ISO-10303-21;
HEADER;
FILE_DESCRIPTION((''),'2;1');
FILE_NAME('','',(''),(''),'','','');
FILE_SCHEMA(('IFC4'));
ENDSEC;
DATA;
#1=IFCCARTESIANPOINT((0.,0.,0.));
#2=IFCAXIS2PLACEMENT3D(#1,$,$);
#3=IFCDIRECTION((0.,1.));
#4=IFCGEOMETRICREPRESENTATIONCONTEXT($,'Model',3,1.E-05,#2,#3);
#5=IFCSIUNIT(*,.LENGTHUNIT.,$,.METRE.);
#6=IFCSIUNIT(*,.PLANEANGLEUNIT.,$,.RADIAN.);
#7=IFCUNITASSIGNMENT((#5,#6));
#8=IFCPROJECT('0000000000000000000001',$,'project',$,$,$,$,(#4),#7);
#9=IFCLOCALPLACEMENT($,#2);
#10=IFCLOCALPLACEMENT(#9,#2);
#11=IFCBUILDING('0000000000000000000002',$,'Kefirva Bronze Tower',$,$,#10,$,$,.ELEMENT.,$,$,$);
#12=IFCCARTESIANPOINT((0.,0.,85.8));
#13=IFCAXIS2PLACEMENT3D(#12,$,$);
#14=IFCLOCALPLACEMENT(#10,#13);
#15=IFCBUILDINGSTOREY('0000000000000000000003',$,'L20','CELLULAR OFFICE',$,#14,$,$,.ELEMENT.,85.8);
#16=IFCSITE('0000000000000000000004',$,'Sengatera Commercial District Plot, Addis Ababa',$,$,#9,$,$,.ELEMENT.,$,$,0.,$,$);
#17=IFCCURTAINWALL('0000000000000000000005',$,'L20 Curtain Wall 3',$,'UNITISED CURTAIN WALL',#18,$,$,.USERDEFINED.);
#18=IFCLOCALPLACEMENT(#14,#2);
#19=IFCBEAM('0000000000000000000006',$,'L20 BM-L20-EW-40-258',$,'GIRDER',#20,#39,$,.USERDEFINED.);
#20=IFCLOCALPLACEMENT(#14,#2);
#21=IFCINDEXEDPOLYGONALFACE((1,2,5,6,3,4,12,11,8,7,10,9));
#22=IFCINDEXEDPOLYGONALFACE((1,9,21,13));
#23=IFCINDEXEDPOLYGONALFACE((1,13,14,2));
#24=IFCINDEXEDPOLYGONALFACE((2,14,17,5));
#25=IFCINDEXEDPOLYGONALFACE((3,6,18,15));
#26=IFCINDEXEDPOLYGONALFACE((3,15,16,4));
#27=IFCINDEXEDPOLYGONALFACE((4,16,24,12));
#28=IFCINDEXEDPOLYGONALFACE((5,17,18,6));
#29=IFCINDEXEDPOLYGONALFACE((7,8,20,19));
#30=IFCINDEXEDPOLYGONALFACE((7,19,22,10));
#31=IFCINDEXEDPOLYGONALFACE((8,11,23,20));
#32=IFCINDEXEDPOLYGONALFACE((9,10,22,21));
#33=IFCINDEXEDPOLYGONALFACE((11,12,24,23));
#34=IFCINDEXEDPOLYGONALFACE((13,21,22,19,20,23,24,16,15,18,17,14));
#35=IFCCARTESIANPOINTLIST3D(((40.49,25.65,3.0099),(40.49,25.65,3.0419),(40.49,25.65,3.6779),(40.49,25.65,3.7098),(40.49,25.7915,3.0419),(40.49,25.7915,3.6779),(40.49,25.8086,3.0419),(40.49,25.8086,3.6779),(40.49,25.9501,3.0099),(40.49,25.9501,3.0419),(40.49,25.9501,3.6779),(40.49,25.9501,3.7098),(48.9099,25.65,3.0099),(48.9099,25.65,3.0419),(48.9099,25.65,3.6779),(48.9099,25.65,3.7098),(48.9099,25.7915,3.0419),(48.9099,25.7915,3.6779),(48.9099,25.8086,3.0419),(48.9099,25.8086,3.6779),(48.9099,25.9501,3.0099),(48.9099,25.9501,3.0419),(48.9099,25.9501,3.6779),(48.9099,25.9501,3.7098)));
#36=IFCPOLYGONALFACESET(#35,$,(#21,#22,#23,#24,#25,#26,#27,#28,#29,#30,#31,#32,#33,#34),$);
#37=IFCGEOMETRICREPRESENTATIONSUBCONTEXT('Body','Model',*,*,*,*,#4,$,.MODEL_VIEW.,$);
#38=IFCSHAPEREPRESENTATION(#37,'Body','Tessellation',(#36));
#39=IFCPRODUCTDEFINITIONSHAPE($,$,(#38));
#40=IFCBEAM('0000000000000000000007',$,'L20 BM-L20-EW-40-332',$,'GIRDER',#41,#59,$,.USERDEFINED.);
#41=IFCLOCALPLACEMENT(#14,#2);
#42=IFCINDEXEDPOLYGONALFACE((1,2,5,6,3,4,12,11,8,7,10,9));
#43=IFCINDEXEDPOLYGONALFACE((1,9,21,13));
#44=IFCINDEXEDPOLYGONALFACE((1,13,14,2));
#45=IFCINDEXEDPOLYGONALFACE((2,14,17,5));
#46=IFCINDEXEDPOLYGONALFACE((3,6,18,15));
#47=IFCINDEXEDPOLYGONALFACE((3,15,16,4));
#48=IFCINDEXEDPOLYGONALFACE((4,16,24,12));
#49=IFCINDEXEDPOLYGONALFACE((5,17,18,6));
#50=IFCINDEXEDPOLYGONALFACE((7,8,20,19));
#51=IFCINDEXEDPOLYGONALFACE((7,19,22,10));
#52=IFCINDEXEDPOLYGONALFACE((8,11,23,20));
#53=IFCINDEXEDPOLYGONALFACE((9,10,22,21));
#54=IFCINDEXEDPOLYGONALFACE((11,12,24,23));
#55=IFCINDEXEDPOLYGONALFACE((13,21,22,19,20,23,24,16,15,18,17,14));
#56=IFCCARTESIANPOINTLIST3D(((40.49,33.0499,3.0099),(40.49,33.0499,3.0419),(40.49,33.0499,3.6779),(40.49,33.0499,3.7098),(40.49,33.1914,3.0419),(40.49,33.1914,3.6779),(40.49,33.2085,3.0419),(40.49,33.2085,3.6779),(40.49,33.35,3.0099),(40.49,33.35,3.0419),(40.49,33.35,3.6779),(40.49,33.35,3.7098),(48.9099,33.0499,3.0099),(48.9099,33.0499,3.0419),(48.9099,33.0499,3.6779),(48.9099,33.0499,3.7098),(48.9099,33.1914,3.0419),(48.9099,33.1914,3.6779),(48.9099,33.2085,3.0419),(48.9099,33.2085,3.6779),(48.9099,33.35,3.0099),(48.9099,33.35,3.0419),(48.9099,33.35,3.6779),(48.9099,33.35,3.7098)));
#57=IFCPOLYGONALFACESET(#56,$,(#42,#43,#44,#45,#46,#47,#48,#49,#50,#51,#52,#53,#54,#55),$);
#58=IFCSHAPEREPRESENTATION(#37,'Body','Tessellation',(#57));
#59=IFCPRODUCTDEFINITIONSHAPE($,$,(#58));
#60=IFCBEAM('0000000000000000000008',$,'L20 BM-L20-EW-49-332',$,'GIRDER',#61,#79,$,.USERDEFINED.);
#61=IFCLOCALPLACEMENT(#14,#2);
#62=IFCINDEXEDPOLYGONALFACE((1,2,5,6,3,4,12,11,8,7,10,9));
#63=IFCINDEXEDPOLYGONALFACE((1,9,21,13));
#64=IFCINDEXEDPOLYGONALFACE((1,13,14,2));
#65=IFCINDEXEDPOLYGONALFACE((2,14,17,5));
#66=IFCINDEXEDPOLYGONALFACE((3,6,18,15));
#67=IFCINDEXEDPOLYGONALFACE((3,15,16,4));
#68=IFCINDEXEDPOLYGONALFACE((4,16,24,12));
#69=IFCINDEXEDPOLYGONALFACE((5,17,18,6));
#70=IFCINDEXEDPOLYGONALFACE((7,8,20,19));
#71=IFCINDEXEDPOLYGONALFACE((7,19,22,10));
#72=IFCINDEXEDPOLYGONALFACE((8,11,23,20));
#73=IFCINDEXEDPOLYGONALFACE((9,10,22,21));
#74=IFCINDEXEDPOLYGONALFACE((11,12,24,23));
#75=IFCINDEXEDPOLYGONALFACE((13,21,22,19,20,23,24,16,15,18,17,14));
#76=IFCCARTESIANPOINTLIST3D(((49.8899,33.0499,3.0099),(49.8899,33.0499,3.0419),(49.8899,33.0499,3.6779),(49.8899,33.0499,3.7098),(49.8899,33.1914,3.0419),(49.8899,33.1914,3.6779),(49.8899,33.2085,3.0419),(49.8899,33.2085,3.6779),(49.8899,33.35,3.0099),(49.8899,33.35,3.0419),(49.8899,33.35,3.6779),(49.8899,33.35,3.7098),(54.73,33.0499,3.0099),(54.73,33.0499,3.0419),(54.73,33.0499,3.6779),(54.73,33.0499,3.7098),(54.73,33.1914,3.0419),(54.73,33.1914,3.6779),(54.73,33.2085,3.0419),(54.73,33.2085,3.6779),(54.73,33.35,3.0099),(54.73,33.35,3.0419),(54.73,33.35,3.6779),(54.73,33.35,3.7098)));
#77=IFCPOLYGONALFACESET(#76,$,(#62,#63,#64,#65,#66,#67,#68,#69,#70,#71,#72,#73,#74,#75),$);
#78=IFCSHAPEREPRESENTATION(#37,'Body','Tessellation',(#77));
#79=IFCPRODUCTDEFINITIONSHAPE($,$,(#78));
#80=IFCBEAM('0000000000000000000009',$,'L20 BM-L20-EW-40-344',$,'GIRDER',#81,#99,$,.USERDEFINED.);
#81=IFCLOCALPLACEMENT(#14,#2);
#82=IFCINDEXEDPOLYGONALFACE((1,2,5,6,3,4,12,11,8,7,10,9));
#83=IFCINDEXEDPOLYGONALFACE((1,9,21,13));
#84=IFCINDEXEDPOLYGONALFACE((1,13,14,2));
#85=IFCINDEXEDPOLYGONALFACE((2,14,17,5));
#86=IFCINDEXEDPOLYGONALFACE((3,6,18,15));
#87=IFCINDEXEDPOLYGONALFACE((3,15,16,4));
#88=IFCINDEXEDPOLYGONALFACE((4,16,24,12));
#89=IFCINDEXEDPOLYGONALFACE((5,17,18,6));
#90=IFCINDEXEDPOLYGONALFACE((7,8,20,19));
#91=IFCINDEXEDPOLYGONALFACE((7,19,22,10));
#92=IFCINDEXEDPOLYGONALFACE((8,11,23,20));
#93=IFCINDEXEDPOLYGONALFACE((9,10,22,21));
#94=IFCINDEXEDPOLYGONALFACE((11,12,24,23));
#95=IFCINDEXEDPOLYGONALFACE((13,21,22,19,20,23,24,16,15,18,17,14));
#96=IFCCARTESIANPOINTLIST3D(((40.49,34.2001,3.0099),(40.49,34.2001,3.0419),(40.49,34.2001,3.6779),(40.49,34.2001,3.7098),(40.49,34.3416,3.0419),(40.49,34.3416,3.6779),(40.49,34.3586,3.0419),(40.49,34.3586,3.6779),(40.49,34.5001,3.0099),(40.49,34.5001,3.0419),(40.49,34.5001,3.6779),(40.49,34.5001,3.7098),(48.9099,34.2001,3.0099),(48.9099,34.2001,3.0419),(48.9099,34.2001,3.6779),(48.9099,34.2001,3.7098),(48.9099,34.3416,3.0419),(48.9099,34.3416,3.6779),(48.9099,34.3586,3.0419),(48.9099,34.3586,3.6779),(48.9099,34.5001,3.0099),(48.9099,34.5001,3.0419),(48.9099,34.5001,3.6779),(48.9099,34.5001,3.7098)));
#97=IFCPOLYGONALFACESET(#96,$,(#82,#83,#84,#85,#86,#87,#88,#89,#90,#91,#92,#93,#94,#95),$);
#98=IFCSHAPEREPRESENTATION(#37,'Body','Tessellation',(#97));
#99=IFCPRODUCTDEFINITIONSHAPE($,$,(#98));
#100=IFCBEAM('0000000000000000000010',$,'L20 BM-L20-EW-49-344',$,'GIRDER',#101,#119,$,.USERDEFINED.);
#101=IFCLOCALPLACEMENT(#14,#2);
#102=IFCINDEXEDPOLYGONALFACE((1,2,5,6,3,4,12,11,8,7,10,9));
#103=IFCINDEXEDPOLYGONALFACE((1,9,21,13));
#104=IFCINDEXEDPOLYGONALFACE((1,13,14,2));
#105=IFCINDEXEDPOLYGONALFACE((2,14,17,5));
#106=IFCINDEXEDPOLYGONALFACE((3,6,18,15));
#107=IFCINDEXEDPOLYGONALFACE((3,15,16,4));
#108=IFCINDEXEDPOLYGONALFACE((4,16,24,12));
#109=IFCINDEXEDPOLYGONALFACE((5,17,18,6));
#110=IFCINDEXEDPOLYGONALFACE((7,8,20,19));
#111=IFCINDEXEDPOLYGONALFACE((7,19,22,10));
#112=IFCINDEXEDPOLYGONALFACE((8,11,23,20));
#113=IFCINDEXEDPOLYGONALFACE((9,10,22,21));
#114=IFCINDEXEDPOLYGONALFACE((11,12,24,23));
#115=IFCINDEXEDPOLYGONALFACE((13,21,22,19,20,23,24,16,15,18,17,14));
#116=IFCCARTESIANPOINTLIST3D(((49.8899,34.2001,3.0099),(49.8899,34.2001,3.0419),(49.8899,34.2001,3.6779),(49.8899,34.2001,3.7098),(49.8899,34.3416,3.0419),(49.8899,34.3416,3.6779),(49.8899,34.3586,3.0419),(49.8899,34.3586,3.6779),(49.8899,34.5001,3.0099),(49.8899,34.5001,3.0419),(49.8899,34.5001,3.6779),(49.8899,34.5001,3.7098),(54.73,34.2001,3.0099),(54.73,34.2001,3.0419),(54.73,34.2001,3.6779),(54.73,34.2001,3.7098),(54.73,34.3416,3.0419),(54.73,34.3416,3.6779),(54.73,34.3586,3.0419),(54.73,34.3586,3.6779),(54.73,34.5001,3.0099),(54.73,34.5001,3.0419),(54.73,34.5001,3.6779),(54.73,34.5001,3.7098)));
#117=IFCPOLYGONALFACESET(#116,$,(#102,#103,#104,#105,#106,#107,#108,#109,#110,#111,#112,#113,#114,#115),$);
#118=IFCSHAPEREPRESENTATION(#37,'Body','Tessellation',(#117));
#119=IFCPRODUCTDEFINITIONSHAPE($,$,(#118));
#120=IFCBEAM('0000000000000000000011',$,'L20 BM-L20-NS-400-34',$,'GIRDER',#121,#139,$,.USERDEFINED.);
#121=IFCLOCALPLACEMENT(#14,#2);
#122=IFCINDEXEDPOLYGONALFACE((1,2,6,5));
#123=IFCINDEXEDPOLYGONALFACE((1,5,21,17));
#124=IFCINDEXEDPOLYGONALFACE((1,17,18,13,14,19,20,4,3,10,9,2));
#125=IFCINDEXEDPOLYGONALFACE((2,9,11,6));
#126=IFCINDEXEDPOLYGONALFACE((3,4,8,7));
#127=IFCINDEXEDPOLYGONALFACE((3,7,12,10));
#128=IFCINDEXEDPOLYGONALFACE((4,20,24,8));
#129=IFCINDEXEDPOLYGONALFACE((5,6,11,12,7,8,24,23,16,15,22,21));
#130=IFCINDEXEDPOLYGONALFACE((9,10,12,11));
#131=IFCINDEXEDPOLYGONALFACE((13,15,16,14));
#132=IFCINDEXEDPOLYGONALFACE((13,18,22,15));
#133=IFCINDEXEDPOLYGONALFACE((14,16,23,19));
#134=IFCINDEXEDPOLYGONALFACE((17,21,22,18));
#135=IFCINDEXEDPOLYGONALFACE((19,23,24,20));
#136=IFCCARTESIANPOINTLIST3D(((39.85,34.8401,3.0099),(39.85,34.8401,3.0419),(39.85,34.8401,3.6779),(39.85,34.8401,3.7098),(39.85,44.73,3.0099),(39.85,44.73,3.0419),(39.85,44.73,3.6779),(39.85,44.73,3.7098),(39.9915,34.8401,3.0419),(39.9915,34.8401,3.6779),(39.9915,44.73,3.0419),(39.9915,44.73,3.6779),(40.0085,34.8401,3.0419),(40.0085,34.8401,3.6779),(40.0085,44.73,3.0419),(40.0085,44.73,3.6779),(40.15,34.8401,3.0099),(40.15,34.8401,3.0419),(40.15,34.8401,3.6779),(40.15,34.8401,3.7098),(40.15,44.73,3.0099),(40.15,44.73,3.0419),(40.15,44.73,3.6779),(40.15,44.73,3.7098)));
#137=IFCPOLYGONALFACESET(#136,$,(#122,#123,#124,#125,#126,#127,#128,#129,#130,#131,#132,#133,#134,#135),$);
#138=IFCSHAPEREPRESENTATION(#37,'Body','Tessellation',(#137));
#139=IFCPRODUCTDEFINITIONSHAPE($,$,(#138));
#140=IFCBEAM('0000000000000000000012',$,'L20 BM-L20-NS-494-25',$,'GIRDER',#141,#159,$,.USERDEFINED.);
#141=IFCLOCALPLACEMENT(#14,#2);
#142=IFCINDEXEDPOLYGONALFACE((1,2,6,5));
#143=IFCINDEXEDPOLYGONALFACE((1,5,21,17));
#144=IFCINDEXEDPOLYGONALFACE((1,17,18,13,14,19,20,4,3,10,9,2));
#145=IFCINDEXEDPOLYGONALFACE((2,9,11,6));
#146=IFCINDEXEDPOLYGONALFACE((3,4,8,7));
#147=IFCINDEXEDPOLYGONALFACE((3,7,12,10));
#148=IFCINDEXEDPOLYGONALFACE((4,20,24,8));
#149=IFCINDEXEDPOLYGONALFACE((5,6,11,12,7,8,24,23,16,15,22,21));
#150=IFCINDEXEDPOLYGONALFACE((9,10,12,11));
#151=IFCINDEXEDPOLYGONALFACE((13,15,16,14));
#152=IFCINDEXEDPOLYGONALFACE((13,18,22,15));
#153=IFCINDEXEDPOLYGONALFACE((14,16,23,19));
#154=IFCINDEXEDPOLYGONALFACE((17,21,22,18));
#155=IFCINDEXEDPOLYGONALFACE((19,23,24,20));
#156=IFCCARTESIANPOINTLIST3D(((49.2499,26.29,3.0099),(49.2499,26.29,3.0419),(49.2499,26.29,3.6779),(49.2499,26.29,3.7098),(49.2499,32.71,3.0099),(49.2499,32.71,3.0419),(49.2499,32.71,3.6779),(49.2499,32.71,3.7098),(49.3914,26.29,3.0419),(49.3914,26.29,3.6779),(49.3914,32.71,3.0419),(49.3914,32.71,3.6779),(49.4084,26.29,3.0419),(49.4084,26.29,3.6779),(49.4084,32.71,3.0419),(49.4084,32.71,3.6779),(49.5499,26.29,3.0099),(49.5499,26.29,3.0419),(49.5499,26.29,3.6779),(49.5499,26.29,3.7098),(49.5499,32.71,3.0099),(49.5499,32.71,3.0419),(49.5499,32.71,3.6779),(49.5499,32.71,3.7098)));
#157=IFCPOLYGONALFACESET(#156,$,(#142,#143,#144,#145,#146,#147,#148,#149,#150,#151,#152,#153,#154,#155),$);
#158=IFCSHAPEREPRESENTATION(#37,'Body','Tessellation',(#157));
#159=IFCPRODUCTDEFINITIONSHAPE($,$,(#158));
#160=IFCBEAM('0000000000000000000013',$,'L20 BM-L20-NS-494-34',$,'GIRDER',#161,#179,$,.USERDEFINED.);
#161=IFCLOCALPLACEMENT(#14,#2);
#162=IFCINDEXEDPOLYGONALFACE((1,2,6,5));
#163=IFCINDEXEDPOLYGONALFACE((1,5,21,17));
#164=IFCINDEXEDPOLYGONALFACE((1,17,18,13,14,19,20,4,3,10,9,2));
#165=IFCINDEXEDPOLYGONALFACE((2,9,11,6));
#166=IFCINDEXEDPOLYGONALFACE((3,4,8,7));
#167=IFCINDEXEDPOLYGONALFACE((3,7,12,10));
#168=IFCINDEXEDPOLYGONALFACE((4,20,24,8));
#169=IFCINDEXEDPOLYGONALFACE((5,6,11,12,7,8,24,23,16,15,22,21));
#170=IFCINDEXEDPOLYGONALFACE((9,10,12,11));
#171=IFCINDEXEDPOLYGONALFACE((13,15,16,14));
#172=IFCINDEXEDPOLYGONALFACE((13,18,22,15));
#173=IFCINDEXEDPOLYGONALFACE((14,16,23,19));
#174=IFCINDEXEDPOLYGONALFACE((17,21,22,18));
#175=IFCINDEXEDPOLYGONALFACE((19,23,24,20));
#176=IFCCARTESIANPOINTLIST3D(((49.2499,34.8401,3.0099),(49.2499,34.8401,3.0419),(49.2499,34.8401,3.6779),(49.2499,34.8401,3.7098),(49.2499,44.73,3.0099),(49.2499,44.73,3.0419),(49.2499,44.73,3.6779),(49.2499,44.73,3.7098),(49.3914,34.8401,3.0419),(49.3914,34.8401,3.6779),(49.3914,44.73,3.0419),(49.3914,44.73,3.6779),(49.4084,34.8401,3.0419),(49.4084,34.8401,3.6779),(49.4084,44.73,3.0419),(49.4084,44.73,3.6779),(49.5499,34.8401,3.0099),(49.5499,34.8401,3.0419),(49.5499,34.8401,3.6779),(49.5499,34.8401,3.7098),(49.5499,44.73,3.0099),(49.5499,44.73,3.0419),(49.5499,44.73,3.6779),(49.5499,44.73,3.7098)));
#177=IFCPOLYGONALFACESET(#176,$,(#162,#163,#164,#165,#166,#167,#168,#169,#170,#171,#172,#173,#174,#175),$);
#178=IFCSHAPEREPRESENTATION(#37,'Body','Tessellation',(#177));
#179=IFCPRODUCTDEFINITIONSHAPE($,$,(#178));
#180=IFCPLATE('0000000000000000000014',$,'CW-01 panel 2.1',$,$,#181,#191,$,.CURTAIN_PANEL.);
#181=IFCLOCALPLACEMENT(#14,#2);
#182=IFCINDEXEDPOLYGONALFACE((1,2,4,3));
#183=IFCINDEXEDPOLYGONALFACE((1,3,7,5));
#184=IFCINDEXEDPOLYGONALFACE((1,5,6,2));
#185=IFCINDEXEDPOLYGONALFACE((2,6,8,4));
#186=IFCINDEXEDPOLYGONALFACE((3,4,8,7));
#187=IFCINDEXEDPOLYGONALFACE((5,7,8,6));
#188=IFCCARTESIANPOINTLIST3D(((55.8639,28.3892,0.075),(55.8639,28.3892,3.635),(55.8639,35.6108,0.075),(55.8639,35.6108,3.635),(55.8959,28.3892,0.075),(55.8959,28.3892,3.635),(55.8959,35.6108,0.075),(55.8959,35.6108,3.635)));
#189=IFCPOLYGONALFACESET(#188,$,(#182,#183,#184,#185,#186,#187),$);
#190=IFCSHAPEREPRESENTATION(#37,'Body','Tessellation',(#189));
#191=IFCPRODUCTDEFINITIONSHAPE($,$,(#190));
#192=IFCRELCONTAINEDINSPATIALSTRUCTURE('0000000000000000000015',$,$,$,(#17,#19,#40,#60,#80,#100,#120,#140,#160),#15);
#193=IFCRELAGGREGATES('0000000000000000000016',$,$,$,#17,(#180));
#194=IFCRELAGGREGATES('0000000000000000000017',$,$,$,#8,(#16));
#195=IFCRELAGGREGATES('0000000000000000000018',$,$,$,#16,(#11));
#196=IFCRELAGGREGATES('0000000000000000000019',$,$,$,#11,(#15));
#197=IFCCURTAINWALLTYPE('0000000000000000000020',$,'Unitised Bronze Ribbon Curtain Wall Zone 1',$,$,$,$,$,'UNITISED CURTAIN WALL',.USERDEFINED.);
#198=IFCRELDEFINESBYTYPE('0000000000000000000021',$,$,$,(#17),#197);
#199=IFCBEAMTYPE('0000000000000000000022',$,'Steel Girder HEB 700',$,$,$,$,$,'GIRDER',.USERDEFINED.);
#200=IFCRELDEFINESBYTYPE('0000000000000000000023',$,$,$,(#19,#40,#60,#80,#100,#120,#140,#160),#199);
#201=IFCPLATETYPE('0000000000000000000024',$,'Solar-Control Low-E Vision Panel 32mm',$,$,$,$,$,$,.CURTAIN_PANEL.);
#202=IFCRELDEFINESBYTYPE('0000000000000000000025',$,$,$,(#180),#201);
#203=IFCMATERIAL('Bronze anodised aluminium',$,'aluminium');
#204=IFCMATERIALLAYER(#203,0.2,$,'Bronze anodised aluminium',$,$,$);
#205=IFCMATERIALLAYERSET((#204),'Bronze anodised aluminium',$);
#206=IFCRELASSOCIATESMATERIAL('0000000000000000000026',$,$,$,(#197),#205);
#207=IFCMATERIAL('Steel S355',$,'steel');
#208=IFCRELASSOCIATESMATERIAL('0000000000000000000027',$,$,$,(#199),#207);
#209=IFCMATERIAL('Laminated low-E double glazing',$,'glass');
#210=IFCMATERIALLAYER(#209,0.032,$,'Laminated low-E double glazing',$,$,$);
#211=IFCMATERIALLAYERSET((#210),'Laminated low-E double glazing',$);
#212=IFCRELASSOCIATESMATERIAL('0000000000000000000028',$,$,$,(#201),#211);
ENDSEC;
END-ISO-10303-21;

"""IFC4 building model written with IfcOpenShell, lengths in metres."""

from ifc_helpers import new_model, si_unit, direction, frame, origin, origin_2d, place, context, subcontext, project, spatial, rectangle, i_section, extrude, material, layer, layer_set, material_profile, profile_set, type_object, element, aggregate, save


model = new_model("IFC4")

# Units and contexts
model_context = context("Model", 3, precision=1e-05, world=origin(), true_north=direction((0.0, 1.0)))
body_context = subcontext(model_context, "Body", "Model", "MODEL_VIEW")
ifc_project = project(units=[si_unit("LENGTHUNIT", "METRE"), si_unit("PLANEANGLEUNIT", "RADIAN")], contexts=[model_context])

# Site, building, storey
site_placement = place(None, origin())
site = spatial("IfcSite", under=ifc_project, at=site_placement, Name="Sengatera Commercial District Plot, Addis Ababa", CompositionType="ELEMENT", RefElevation=0.0)
building_placement = place(site_placement, origin())
building = spatial("IfcBuilding", under=site, at=building_placement, Name="Kefirva Bronze Tower", CompositionType="ELEMENT")
storey_placement = place(building_placement, frame((0.0, 0.0, 85.8)))
storey = spatial("IfcBuildingStorey", under=building, at=storey_placement, Name="L20", Description="CELLULAR OFFICE", CompositionType="ELEMENT", Elevation=85.8)

# Curtain wall
ifc_material_1 = material(Name="Bronze anodised aluminium", Category="aluminium")
ifc_layer_1 = layer(ifc_material_1, 0.2, Name="Bronze anodised aluminium")
ifc_layer_set_1 = layer_set([ifc_layer_1], Name="Bronze anodised aluminium")
curtain_wall_type = type_object("IfcCurtainWallType", Name="Unitised Bronze Ribbon Curtain Wall Zone 1", ElementType="UNITISED CURTAIN WALL", PredefinedType="USERDEFINED", material=ifc_layer_set_1)
curtain_wall_placement = place(storey_placement, origin())
curtain_wall = element("IfcCurtainWall", 1, at=curtain_wall_placement, inside=storey, type_object=curtain_wall_type, Name="L20 Curtain Wall 3", ObjectType="UNITISED CURTAIN WALL", PredefinedType="USERDEFINED")

# Beams
ifc_material_2 = material(Name="Steel S355", Category="steel")
ifc_material_profile_1 = material_profile(ifc_material_2, i_section(OverallWidth=0.3, OverallDepth=0.7, WebThickness=0.0171, FlangeThickness=0.032, at=origin_2d()), Name="HEB 700")
ifc_profile_set_1 = profile_set([ifc_material_profile_1], Name="Steel S355")
beam_type_1 = type_object("IfcBeamType", Name="Steel Girder HEB 700", ElementType="GIRDER", PredefinedType="USERDEFINED", material=ifc_profile_set_1)
for number, where, z_axis, x_axis, name in (
    (2, (40.49, 25.8, 3.3599), (1.0, 0.0, 0.0), (0.0, 1.0, 0.0), "L20 BM-L20-EW-40-258"),
    (3, (40.49, 33.2, 3.3599), (1.0, 0.0, 0.0), (0.0, 1.0, 0.0), "L20 BM-L20-EW-40-332"),
):
    element("IfcBeam", number, at=place(storey_placement, frame(where, z_axis=z_axis, x_axis=x_axis)), inside=storey, type_object=beam_type_1, Name=name, ObjectType="GIRDER", PredefinedType="USERDEFINED", context=body_context, shape_type="SweptSolid", body=[
        extrude(i_section(OverallWidth=0.3, OverallDepth=0.7, WebThickness=0.0171, FlangeThickness=0.032, at=origin_2d()), origin(), (0.0, 0.0, 1.0), 8.4199),
    ])
beam_1_placement = place(storey_placement, frame((49.8899, 33.2, 3.3599), z_axis=(1.0, 0.0, 0.0), x_axis=(0.0, 1.0, 0.0)))
element("IfcBeam", 4, at=beam_1_placement, inside=storey, type_object=beam_type_1, Name="L20 BM-L20-EW-49-332", ObjectType="GIRDER", PredefinedType="USERDEFINED", context=body_context, shape_type="SweptSolid", body=[
    extrude(i_section(OverallWidth=0.3, OverallDepth=0.7, WebThickness=0.0171, FlangeThickness=0.032, at=origin_2d()), origin(), (0.0, 0.0, 1.0), 4.8401),
])
beam_2_placement = place(storey_placement, frame((40.49, 34.3501, 3.3599), z_axis=(1.0, 0.0, 0.0), x_axis=(0.0, 1.0, 0.0)))
element("IfcBeam", 5, at=beam_2_placement, inside=storey, type_object=beam_type_1, Name="L20 BM-L20-EW-40-344", ObjectType="GIRDER", PredefinedType="USERDEFINED", context=body_context, shape_type="SweptSolid", body=[
    extrude(i_section(OverallWidth=0.3, OverallDepth=0.7, WebThickness=0.0171, FlangeThickness=0.032, at=origin_2d()), origin(), (0.0, 0.0, 1.0), 8.4199),
])
beam_3_placement = place(storey_placement, frame((49.8899, 34.3501, 3.3599), z_axis=(1.0, 0.0, 0.0), x_axis=(0.0, 1.0, 0.0)))
element("IfcBeam", 6, at=beam_3_placement, inside=storey, type_object=beam_type_1, Name="L20 BM-L20-EW-49-344", ObjectType="GIRDER", PredefinedType="USERDEFINED", context=body_context, shape_type="SweptSolid", body=[
    extrude(i_section(OverallWidth=0.3, OverallDepth=0.7, WebThickness=0.0171, FlangeThickness=0.032, at=origin_2d()), origin(), (0.0, 0.0, 1.0), 4.8401),
])
beam_4_placement = place(storey_placement, frame((40.0, 34.8401, 3.3599), z_axis=(0.0, 1.0, 0.0), x_axis=(-1.0, 0.0, 0.0)))
element("IfcBeam", 7, at=beam_4_placement, inside=storey, type_object=beam_type_1, Name="L20 BM-L20-NS-400-34", ObjectType="GIRDER", PredefinedType="USERDEFINED", context=body_context, shape_type="SweptSolid", body=[
    extrude(i_section(OverallWidth=0.3, OverallDepth=0.7, WebThickness=0.0171, FlangeThickness=0.032, at=origin_2d()), origin(), (0.0, 0.0, 1.0), 9.8899),
])
beam_5_placement = place(storey_placement, frame((49.3999, 26.29, 3.3599), z_axis=(0.0, 1.0, 0.0), x_axis=(-1.0, 0.0, 0.0)))
element("IfcBeam", 8, at=beam_5_placement, inside=storey, type_object=beam_type_1, Name="L20 BM-L20-NS-494-25", ObjectType="GIRDER", PredefinedType="USERDEFINED", context=body_context, shape_type="SweptSolid", body=[
    extrude(i_section(OverallWidth=0.3, OverallDepth=0.7, WebThickness=0.0171, FlangeThickness=0.032, at=origin_2d()), origin(), (0.0, 0.0, 1.0), 6.4199),
])
beam_6_placement = place(storey_placement, frame((49.3999, 34.8401, 3.3599), z_axis=(0.0, 1.0, 0.0), x_axis=(-1.0, 0.0, 0.0)))
element("IfcBeam", 9, at=beam_6_placement, inside=storey, type_object=beam_type_1, Name="L20 BM-L20-NS-494-34", ObjectType="GIRDER", PredefinedType="USERDEFINED", context=body_context, shape_type="SweptSolid", body=[
    extrude(i_section(OverallWidth=0.3, OverallDepth=0.7, WebThickness=0.0171, FlangeThickness=0.032, at=origin_2d()), origin(), (0.0, 0.0, 1.0), 9.8899),
])

# Plate
ifc_material_3 = material(Name="Laminated low-E double glazing", Category="glass")
ifc_layer_2 = layer(ifc_material_3, 0.032, Name="Laminated low-E double glazing")
ifc_layer_set_2 = layer_set([ifc_layer_2], Name="Laminated low-E double glazing")
plate_type = type_object("IfcPlateType", Name="Solar-Control Low-E Vision Panel 32mm", PredefinedType="CURTAIN_PANEL", material=ifc_layer_set_2)
plate_placement = place(storey_placement, frame((55.8799, 32.0, 0.075), z_axis=(0.0, 0.0, 1.0), x_axis=(0.0, 1.0, 0.0)))
plate = element("IfcPlate", 10, at=plate_placement, type_object=plate_type, Name="CW-01 panel 2.1", PredefinedType="CURTAIN_PANEL", context=body_context, shape_type="SweptSolid", body=[
    extrude(rectangle(XDim=7.2217, YDim=0.032, at=origin_2d()), origin(), (0.0, 0.0, 1.0), 3.5601),
])
aggregate(curtain_wall, [plate])

save(model, "model.ifc")
